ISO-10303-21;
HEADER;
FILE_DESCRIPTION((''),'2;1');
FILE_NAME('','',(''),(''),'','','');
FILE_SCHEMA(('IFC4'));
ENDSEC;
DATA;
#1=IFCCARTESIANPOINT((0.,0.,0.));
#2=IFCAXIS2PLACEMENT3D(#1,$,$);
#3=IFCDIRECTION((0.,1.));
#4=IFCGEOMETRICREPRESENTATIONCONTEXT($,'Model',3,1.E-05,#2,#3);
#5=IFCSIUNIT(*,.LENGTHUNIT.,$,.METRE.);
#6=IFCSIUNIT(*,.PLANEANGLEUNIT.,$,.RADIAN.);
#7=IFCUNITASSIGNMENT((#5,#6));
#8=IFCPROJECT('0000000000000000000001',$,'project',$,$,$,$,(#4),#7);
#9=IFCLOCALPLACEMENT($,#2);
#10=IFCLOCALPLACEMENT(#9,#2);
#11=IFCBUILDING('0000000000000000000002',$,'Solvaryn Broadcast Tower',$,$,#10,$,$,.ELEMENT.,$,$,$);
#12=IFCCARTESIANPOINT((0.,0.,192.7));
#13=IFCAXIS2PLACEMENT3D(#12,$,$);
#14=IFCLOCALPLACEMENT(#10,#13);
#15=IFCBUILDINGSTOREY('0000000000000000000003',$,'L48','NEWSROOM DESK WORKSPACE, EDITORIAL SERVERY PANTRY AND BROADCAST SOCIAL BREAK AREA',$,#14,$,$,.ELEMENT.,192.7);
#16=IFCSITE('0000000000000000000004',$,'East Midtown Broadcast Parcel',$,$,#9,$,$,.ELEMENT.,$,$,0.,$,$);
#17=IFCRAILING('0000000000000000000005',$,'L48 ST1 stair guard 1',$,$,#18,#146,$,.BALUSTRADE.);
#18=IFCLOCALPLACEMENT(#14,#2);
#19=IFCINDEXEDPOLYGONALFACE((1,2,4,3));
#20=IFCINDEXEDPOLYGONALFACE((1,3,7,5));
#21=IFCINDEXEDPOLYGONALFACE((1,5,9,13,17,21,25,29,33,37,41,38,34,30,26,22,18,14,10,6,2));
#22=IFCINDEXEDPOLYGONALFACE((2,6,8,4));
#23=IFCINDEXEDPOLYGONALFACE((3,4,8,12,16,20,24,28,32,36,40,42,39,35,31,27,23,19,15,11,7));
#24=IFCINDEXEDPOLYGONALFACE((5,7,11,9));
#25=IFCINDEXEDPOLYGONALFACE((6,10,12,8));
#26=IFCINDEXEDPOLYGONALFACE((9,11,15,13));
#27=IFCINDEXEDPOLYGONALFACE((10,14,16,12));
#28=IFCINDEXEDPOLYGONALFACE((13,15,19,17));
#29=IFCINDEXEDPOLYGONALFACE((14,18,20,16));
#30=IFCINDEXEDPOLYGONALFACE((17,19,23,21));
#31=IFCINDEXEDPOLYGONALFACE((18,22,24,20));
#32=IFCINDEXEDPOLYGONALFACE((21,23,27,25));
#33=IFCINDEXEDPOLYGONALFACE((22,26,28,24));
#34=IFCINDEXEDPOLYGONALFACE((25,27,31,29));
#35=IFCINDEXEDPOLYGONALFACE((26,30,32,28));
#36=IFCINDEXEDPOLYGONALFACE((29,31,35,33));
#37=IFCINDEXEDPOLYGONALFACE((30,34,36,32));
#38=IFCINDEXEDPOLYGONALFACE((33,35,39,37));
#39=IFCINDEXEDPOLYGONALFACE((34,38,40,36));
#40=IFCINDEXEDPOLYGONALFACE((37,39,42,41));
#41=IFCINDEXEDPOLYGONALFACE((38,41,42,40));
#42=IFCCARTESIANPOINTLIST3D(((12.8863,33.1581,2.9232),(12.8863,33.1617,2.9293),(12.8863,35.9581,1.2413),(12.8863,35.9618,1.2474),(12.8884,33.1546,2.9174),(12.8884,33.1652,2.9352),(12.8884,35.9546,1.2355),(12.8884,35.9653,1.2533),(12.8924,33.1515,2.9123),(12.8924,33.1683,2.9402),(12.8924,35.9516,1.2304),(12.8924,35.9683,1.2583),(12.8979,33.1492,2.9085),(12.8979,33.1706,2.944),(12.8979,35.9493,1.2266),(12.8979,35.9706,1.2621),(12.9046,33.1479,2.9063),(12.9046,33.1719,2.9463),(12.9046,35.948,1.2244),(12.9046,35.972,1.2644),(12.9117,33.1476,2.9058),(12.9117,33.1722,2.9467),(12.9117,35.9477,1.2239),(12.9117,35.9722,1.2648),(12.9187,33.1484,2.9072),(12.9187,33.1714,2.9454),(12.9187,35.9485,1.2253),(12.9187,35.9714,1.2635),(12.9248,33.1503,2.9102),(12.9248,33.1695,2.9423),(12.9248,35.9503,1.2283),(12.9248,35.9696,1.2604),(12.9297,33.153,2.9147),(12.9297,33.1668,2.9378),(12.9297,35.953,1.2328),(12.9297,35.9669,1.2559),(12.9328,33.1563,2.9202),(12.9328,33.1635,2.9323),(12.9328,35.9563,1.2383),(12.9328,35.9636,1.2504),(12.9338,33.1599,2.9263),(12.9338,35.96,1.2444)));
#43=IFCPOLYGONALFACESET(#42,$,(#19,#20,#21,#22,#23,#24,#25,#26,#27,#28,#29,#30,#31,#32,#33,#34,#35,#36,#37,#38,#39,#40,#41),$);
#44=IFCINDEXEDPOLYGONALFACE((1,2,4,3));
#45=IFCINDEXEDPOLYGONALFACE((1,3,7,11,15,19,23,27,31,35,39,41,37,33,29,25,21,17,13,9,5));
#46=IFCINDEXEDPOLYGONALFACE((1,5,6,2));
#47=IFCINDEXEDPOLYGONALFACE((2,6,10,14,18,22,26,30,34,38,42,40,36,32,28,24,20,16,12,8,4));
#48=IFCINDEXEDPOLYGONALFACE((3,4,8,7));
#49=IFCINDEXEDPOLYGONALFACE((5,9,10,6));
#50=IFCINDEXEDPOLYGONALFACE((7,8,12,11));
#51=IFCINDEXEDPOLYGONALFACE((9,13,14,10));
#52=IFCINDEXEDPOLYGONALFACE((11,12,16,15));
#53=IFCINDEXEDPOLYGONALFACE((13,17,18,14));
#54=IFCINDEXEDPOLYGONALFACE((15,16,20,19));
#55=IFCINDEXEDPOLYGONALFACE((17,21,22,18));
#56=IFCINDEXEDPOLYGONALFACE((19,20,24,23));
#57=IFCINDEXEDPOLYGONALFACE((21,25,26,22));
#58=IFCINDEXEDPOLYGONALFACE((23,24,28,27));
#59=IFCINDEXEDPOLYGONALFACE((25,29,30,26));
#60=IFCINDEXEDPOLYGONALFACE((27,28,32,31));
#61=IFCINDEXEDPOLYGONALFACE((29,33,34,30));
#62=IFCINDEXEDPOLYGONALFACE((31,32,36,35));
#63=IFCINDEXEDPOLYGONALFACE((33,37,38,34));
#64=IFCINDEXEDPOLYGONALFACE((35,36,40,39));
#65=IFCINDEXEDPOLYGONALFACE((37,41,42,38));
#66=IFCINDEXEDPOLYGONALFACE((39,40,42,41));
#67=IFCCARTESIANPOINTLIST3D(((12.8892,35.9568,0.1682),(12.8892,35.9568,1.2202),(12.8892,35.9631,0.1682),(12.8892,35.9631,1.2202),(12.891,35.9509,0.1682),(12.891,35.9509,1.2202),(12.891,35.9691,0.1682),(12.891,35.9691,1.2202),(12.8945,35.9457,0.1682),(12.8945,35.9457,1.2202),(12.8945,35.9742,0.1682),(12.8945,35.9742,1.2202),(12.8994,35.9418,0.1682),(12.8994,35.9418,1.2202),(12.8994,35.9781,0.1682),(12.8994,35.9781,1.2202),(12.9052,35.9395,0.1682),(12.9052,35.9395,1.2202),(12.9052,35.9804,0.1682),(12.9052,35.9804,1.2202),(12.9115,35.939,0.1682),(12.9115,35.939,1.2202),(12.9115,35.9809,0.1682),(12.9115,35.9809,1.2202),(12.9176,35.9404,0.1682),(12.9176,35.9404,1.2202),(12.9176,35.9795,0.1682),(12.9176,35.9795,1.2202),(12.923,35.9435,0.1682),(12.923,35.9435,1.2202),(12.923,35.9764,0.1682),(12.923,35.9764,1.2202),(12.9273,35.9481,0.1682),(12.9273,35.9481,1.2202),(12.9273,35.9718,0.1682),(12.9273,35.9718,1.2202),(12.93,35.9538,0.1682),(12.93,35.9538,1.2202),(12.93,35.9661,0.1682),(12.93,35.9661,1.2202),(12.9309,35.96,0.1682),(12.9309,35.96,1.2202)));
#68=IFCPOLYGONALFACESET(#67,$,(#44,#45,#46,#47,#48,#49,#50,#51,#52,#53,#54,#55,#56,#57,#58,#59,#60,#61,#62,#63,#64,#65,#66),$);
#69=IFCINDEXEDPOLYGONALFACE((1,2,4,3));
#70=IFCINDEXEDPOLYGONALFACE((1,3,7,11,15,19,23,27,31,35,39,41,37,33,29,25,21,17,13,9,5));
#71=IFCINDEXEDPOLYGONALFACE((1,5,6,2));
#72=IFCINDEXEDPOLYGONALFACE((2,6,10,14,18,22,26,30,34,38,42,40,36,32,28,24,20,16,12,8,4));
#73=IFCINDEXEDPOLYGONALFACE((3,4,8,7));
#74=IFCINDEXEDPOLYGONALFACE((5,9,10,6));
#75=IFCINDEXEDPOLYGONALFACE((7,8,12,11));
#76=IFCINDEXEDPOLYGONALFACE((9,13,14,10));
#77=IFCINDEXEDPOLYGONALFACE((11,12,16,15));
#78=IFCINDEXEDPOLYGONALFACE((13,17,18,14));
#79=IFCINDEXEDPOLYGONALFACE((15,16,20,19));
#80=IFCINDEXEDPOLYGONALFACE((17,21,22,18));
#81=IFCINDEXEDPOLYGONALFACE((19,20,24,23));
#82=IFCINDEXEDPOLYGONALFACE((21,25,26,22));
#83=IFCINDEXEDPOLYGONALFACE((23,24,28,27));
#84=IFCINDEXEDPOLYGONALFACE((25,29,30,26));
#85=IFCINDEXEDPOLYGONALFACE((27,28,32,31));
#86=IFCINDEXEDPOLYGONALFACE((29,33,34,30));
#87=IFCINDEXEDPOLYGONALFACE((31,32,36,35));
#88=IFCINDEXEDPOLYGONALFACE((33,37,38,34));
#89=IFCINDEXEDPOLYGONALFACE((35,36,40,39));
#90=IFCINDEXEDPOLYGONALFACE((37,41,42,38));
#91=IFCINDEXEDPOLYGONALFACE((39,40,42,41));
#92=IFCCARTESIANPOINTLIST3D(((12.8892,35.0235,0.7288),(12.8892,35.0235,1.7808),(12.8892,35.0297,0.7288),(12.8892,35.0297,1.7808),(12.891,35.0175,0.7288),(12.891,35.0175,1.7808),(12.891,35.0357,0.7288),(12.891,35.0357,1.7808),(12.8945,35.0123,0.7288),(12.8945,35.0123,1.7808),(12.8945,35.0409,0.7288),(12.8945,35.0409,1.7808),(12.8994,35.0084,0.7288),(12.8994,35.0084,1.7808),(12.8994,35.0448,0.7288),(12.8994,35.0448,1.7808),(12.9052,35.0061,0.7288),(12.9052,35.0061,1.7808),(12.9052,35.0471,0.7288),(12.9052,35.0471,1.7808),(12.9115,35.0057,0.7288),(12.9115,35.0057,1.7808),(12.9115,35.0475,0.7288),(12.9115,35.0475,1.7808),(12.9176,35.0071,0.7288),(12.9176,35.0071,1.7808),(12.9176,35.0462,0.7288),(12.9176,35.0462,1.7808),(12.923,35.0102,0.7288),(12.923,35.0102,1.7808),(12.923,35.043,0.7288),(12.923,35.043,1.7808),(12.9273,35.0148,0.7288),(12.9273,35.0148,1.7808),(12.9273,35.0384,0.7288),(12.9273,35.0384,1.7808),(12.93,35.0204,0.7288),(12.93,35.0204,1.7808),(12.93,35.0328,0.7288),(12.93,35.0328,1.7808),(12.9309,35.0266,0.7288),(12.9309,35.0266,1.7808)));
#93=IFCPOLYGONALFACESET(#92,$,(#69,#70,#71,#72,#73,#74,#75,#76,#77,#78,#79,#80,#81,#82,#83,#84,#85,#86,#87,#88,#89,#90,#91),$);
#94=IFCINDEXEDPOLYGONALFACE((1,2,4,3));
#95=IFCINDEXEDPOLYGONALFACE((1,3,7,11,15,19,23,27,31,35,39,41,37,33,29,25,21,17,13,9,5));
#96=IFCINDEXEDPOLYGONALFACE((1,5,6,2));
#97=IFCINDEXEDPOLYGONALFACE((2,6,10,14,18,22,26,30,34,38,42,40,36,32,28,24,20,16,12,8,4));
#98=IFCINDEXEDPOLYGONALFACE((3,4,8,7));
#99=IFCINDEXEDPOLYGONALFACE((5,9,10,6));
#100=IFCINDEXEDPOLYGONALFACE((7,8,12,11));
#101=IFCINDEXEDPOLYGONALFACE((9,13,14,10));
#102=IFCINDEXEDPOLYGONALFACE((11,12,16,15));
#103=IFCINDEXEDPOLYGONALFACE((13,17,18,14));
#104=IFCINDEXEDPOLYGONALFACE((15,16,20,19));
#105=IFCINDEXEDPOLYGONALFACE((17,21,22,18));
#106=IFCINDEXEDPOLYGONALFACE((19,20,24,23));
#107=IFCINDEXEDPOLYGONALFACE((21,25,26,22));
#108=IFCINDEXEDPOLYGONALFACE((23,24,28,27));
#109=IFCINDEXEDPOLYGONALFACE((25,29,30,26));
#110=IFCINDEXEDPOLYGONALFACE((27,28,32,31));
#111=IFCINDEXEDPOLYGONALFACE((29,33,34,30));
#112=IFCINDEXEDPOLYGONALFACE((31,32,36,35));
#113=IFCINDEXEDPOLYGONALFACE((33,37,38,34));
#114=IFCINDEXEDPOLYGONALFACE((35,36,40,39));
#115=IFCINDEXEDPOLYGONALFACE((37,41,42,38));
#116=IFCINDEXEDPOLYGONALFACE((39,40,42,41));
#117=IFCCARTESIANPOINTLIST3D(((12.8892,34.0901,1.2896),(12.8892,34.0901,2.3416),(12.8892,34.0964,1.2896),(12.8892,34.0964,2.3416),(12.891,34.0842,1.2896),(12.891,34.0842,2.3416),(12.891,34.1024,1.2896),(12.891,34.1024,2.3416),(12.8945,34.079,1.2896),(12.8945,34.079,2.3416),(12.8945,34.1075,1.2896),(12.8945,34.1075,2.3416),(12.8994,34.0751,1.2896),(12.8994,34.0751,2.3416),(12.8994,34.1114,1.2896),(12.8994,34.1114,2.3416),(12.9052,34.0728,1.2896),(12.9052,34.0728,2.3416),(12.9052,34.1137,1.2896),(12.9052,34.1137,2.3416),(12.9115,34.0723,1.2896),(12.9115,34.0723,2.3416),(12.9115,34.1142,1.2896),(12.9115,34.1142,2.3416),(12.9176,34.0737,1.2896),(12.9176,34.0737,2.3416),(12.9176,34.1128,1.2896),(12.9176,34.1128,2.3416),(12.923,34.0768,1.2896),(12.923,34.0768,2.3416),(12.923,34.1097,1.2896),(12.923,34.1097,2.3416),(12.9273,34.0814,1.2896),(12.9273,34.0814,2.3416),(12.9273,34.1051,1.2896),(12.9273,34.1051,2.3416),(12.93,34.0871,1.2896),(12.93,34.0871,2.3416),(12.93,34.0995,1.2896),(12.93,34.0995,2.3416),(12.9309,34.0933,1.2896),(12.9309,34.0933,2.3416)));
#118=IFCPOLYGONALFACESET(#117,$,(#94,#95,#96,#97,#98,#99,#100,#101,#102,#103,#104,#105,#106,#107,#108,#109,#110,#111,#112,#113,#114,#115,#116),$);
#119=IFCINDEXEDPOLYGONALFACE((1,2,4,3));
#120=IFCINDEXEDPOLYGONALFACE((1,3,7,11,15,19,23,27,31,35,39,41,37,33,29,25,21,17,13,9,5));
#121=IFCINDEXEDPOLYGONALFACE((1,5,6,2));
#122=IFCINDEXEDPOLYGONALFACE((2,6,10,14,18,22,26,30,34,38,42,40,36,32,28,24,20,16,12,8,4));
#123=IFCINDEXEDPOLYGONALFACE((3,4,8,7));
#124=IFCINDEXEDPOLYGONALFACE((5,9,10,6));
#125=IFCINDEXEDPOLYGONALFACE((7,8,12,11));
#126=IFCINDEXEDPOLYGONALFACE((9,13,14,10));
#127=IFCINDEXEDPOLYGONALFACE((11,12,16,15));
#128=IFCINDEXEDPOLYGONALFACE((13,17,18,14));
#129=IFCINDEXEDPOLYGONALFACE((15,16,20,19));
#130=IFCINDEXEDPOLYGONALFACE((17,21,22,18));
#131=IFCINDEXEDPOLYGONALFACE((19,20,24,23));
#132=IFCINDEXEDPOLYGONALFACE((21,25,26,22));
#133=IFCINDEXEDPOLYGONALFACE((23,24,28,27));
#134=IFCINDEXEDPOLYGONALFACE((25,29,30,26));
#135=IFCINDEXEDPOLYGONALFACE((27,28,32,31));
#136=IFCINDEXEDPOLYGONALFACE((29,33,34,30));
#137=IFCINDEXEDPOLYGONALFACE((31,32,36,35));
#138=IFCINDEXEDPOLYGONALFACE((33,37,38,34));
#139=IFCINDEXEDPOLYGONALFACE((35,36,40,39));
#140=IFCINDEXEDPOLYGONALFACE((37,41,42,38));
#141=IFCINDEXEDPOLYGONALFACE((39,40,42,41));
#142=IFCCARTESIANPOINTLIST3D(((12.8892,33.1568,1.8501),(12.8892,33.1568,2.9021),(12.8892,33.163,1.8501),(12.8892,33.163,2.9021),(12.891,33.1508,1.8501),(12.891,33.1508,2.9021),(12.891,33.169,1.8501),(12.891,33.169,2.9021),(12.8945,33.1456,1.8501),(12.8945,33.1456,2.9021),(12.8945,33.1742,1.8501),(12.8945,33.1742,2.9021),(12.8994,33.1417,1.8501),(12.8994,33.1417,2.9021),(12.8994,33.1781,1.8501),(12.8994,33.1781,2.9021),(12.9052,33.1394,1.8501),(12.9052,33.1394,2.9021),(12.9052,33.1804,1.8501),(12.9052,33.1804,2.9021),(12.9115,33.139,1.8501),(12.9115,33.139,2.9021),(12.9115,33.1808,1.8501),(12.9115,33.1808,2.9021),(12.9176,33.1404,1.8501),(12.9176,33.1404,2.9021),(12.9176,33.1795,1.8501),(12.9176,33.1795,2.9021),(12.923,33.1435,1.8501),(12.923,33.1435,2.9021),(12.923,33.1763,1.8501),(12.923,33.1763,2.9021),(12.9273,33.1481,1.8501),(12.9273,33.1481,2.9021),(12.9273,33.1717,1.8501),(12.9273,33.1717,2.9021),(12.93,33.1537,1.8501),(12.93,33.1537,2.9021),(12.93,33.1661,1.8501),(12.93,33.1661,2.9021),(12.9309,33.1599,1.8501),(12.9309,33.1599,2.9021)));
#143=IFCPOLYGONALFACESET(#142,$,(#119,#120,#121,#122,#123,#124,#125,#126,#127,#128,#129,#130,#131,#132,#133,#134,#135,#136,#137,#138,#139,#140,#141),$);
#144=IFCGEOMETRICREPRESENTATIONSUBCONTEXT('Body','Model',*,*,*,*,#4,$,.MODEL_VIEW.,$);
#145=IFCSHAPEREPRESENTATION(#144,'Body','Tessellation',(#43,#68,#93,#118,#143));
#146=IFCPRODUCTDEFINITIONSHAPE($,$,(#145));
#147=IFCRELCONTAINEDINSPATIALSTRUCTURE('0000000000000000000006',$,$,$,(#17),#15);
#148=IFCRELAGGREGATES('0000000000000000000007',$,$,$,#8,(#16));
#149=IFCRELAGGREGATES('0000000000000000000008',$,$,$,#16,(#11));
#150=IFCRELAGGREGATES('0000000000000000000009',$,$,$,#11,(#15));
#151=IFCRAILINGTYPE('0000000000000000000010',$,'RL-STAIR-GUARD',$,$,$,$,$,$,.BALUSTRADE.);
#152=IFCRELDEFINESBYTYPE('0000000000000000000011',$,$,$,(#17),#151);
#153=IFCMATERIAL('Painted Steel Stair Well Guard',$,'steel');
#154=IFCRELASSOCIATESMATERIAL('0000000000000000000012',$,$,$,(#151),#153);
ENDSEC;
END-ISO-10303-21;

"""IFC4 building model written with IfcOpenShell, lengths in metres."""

from ifc_helpers import new_model, si_unit, direction, frame, origin, origin_2d, place, context, subcontext, project, spatial, circle, extrude, material, type_object, element, save


model = new_model("IFC4")

# Units and contexts
model_context = context("Model", 3, precision=1e-05, world=origin(), true_north=direction((0.0, 1.0)))
body_context = subcontext(model_context, "Body", "Model", "MODEL_VIEW")
ifc_project = project(units=[si_unit("LENGTHUNIT", "METRE"), si_unit("PLANEANGLEUNIT", "RADIAN")], contexts=[model_context])

# Site, building, storey
site_placement = place(None, origin())
site = spatial("IfcSite", under=ifc_project, at=site_placement, Name="East Midtown Broadcast Parcel", CompositionType="ELEMENT", RefElevation=0.0)
building_placement = place(site_placement, origin())
building = spatial("IfcBuilding", under=site, at=building_placement, Name="Solvaryn Broadcast Tower", CompositionType="ELEMENT")
storey_placement = place(building_placement, frame((0.0, 0.0, 192.7)))
storey = spatial("IfcBuildingStorey", under=building, at=storey_placement, Name="L48", Description="NEWSROOM DESK WORKSPACE, EDITORIAL SERVERY PANTRY AND BROADCAST SOCIAL BREAK AREA", CompositionType="ELEMENT", Elevation=192.7)

# Railing
ifc_material_1 = material(Name="Painted Steel Stair Well Guard", Category="steel")
railing_type_1 = type_object("IfcRailingType", Name="RL-STAIR-GUARD", PredefinedType="BALUSTRADE", material=ifc_material_1)
railing_1_placement = place(storey_placement, frame((12.9099, 35.96, 0.1682)))
element("IfcRailing", 1, at=railing_1_placement, inside=storey, type_object=railing_type_1, Name="L48 ST1 stair guard 1", PredefinedType="BALUSTRADE", context=body_context, shape_type="SweptSolid", body=[
    extrude(circle(Radius=0.0239, at=origin_2d()), frame((0.0, 0.0, 1.0762), z_axis=(0.0, -0.857242, 0.514913), x_axis=(1.0, 0.0, 0.0)), (0.0, 0.0, 1.0), 3.2664),
    extrude(circle(Radius=0.021, at=origin_2d()), origin(), (0.0, 0.0, 1.0), 1.052),
    extrude(circle(Radius=0.021, at=origin_2d()), frame((0.0, -0.9333, 0.5605)), (0.0, 0.0, 1.0), 1.052),
    extrude(circle(Radius=0.021, at=origin_2d()), frame((0.0, -1.8667, 1.1213)), (0.0, 0.0, 1.0), 1.052),
    extrude(circle(Radius=0.021, at=origin_2d()), frame((0.0, -2.8, 1.6819)), (0.0, 0.0, 1.0), 1.052),
])

save(model, "model.ifc")
